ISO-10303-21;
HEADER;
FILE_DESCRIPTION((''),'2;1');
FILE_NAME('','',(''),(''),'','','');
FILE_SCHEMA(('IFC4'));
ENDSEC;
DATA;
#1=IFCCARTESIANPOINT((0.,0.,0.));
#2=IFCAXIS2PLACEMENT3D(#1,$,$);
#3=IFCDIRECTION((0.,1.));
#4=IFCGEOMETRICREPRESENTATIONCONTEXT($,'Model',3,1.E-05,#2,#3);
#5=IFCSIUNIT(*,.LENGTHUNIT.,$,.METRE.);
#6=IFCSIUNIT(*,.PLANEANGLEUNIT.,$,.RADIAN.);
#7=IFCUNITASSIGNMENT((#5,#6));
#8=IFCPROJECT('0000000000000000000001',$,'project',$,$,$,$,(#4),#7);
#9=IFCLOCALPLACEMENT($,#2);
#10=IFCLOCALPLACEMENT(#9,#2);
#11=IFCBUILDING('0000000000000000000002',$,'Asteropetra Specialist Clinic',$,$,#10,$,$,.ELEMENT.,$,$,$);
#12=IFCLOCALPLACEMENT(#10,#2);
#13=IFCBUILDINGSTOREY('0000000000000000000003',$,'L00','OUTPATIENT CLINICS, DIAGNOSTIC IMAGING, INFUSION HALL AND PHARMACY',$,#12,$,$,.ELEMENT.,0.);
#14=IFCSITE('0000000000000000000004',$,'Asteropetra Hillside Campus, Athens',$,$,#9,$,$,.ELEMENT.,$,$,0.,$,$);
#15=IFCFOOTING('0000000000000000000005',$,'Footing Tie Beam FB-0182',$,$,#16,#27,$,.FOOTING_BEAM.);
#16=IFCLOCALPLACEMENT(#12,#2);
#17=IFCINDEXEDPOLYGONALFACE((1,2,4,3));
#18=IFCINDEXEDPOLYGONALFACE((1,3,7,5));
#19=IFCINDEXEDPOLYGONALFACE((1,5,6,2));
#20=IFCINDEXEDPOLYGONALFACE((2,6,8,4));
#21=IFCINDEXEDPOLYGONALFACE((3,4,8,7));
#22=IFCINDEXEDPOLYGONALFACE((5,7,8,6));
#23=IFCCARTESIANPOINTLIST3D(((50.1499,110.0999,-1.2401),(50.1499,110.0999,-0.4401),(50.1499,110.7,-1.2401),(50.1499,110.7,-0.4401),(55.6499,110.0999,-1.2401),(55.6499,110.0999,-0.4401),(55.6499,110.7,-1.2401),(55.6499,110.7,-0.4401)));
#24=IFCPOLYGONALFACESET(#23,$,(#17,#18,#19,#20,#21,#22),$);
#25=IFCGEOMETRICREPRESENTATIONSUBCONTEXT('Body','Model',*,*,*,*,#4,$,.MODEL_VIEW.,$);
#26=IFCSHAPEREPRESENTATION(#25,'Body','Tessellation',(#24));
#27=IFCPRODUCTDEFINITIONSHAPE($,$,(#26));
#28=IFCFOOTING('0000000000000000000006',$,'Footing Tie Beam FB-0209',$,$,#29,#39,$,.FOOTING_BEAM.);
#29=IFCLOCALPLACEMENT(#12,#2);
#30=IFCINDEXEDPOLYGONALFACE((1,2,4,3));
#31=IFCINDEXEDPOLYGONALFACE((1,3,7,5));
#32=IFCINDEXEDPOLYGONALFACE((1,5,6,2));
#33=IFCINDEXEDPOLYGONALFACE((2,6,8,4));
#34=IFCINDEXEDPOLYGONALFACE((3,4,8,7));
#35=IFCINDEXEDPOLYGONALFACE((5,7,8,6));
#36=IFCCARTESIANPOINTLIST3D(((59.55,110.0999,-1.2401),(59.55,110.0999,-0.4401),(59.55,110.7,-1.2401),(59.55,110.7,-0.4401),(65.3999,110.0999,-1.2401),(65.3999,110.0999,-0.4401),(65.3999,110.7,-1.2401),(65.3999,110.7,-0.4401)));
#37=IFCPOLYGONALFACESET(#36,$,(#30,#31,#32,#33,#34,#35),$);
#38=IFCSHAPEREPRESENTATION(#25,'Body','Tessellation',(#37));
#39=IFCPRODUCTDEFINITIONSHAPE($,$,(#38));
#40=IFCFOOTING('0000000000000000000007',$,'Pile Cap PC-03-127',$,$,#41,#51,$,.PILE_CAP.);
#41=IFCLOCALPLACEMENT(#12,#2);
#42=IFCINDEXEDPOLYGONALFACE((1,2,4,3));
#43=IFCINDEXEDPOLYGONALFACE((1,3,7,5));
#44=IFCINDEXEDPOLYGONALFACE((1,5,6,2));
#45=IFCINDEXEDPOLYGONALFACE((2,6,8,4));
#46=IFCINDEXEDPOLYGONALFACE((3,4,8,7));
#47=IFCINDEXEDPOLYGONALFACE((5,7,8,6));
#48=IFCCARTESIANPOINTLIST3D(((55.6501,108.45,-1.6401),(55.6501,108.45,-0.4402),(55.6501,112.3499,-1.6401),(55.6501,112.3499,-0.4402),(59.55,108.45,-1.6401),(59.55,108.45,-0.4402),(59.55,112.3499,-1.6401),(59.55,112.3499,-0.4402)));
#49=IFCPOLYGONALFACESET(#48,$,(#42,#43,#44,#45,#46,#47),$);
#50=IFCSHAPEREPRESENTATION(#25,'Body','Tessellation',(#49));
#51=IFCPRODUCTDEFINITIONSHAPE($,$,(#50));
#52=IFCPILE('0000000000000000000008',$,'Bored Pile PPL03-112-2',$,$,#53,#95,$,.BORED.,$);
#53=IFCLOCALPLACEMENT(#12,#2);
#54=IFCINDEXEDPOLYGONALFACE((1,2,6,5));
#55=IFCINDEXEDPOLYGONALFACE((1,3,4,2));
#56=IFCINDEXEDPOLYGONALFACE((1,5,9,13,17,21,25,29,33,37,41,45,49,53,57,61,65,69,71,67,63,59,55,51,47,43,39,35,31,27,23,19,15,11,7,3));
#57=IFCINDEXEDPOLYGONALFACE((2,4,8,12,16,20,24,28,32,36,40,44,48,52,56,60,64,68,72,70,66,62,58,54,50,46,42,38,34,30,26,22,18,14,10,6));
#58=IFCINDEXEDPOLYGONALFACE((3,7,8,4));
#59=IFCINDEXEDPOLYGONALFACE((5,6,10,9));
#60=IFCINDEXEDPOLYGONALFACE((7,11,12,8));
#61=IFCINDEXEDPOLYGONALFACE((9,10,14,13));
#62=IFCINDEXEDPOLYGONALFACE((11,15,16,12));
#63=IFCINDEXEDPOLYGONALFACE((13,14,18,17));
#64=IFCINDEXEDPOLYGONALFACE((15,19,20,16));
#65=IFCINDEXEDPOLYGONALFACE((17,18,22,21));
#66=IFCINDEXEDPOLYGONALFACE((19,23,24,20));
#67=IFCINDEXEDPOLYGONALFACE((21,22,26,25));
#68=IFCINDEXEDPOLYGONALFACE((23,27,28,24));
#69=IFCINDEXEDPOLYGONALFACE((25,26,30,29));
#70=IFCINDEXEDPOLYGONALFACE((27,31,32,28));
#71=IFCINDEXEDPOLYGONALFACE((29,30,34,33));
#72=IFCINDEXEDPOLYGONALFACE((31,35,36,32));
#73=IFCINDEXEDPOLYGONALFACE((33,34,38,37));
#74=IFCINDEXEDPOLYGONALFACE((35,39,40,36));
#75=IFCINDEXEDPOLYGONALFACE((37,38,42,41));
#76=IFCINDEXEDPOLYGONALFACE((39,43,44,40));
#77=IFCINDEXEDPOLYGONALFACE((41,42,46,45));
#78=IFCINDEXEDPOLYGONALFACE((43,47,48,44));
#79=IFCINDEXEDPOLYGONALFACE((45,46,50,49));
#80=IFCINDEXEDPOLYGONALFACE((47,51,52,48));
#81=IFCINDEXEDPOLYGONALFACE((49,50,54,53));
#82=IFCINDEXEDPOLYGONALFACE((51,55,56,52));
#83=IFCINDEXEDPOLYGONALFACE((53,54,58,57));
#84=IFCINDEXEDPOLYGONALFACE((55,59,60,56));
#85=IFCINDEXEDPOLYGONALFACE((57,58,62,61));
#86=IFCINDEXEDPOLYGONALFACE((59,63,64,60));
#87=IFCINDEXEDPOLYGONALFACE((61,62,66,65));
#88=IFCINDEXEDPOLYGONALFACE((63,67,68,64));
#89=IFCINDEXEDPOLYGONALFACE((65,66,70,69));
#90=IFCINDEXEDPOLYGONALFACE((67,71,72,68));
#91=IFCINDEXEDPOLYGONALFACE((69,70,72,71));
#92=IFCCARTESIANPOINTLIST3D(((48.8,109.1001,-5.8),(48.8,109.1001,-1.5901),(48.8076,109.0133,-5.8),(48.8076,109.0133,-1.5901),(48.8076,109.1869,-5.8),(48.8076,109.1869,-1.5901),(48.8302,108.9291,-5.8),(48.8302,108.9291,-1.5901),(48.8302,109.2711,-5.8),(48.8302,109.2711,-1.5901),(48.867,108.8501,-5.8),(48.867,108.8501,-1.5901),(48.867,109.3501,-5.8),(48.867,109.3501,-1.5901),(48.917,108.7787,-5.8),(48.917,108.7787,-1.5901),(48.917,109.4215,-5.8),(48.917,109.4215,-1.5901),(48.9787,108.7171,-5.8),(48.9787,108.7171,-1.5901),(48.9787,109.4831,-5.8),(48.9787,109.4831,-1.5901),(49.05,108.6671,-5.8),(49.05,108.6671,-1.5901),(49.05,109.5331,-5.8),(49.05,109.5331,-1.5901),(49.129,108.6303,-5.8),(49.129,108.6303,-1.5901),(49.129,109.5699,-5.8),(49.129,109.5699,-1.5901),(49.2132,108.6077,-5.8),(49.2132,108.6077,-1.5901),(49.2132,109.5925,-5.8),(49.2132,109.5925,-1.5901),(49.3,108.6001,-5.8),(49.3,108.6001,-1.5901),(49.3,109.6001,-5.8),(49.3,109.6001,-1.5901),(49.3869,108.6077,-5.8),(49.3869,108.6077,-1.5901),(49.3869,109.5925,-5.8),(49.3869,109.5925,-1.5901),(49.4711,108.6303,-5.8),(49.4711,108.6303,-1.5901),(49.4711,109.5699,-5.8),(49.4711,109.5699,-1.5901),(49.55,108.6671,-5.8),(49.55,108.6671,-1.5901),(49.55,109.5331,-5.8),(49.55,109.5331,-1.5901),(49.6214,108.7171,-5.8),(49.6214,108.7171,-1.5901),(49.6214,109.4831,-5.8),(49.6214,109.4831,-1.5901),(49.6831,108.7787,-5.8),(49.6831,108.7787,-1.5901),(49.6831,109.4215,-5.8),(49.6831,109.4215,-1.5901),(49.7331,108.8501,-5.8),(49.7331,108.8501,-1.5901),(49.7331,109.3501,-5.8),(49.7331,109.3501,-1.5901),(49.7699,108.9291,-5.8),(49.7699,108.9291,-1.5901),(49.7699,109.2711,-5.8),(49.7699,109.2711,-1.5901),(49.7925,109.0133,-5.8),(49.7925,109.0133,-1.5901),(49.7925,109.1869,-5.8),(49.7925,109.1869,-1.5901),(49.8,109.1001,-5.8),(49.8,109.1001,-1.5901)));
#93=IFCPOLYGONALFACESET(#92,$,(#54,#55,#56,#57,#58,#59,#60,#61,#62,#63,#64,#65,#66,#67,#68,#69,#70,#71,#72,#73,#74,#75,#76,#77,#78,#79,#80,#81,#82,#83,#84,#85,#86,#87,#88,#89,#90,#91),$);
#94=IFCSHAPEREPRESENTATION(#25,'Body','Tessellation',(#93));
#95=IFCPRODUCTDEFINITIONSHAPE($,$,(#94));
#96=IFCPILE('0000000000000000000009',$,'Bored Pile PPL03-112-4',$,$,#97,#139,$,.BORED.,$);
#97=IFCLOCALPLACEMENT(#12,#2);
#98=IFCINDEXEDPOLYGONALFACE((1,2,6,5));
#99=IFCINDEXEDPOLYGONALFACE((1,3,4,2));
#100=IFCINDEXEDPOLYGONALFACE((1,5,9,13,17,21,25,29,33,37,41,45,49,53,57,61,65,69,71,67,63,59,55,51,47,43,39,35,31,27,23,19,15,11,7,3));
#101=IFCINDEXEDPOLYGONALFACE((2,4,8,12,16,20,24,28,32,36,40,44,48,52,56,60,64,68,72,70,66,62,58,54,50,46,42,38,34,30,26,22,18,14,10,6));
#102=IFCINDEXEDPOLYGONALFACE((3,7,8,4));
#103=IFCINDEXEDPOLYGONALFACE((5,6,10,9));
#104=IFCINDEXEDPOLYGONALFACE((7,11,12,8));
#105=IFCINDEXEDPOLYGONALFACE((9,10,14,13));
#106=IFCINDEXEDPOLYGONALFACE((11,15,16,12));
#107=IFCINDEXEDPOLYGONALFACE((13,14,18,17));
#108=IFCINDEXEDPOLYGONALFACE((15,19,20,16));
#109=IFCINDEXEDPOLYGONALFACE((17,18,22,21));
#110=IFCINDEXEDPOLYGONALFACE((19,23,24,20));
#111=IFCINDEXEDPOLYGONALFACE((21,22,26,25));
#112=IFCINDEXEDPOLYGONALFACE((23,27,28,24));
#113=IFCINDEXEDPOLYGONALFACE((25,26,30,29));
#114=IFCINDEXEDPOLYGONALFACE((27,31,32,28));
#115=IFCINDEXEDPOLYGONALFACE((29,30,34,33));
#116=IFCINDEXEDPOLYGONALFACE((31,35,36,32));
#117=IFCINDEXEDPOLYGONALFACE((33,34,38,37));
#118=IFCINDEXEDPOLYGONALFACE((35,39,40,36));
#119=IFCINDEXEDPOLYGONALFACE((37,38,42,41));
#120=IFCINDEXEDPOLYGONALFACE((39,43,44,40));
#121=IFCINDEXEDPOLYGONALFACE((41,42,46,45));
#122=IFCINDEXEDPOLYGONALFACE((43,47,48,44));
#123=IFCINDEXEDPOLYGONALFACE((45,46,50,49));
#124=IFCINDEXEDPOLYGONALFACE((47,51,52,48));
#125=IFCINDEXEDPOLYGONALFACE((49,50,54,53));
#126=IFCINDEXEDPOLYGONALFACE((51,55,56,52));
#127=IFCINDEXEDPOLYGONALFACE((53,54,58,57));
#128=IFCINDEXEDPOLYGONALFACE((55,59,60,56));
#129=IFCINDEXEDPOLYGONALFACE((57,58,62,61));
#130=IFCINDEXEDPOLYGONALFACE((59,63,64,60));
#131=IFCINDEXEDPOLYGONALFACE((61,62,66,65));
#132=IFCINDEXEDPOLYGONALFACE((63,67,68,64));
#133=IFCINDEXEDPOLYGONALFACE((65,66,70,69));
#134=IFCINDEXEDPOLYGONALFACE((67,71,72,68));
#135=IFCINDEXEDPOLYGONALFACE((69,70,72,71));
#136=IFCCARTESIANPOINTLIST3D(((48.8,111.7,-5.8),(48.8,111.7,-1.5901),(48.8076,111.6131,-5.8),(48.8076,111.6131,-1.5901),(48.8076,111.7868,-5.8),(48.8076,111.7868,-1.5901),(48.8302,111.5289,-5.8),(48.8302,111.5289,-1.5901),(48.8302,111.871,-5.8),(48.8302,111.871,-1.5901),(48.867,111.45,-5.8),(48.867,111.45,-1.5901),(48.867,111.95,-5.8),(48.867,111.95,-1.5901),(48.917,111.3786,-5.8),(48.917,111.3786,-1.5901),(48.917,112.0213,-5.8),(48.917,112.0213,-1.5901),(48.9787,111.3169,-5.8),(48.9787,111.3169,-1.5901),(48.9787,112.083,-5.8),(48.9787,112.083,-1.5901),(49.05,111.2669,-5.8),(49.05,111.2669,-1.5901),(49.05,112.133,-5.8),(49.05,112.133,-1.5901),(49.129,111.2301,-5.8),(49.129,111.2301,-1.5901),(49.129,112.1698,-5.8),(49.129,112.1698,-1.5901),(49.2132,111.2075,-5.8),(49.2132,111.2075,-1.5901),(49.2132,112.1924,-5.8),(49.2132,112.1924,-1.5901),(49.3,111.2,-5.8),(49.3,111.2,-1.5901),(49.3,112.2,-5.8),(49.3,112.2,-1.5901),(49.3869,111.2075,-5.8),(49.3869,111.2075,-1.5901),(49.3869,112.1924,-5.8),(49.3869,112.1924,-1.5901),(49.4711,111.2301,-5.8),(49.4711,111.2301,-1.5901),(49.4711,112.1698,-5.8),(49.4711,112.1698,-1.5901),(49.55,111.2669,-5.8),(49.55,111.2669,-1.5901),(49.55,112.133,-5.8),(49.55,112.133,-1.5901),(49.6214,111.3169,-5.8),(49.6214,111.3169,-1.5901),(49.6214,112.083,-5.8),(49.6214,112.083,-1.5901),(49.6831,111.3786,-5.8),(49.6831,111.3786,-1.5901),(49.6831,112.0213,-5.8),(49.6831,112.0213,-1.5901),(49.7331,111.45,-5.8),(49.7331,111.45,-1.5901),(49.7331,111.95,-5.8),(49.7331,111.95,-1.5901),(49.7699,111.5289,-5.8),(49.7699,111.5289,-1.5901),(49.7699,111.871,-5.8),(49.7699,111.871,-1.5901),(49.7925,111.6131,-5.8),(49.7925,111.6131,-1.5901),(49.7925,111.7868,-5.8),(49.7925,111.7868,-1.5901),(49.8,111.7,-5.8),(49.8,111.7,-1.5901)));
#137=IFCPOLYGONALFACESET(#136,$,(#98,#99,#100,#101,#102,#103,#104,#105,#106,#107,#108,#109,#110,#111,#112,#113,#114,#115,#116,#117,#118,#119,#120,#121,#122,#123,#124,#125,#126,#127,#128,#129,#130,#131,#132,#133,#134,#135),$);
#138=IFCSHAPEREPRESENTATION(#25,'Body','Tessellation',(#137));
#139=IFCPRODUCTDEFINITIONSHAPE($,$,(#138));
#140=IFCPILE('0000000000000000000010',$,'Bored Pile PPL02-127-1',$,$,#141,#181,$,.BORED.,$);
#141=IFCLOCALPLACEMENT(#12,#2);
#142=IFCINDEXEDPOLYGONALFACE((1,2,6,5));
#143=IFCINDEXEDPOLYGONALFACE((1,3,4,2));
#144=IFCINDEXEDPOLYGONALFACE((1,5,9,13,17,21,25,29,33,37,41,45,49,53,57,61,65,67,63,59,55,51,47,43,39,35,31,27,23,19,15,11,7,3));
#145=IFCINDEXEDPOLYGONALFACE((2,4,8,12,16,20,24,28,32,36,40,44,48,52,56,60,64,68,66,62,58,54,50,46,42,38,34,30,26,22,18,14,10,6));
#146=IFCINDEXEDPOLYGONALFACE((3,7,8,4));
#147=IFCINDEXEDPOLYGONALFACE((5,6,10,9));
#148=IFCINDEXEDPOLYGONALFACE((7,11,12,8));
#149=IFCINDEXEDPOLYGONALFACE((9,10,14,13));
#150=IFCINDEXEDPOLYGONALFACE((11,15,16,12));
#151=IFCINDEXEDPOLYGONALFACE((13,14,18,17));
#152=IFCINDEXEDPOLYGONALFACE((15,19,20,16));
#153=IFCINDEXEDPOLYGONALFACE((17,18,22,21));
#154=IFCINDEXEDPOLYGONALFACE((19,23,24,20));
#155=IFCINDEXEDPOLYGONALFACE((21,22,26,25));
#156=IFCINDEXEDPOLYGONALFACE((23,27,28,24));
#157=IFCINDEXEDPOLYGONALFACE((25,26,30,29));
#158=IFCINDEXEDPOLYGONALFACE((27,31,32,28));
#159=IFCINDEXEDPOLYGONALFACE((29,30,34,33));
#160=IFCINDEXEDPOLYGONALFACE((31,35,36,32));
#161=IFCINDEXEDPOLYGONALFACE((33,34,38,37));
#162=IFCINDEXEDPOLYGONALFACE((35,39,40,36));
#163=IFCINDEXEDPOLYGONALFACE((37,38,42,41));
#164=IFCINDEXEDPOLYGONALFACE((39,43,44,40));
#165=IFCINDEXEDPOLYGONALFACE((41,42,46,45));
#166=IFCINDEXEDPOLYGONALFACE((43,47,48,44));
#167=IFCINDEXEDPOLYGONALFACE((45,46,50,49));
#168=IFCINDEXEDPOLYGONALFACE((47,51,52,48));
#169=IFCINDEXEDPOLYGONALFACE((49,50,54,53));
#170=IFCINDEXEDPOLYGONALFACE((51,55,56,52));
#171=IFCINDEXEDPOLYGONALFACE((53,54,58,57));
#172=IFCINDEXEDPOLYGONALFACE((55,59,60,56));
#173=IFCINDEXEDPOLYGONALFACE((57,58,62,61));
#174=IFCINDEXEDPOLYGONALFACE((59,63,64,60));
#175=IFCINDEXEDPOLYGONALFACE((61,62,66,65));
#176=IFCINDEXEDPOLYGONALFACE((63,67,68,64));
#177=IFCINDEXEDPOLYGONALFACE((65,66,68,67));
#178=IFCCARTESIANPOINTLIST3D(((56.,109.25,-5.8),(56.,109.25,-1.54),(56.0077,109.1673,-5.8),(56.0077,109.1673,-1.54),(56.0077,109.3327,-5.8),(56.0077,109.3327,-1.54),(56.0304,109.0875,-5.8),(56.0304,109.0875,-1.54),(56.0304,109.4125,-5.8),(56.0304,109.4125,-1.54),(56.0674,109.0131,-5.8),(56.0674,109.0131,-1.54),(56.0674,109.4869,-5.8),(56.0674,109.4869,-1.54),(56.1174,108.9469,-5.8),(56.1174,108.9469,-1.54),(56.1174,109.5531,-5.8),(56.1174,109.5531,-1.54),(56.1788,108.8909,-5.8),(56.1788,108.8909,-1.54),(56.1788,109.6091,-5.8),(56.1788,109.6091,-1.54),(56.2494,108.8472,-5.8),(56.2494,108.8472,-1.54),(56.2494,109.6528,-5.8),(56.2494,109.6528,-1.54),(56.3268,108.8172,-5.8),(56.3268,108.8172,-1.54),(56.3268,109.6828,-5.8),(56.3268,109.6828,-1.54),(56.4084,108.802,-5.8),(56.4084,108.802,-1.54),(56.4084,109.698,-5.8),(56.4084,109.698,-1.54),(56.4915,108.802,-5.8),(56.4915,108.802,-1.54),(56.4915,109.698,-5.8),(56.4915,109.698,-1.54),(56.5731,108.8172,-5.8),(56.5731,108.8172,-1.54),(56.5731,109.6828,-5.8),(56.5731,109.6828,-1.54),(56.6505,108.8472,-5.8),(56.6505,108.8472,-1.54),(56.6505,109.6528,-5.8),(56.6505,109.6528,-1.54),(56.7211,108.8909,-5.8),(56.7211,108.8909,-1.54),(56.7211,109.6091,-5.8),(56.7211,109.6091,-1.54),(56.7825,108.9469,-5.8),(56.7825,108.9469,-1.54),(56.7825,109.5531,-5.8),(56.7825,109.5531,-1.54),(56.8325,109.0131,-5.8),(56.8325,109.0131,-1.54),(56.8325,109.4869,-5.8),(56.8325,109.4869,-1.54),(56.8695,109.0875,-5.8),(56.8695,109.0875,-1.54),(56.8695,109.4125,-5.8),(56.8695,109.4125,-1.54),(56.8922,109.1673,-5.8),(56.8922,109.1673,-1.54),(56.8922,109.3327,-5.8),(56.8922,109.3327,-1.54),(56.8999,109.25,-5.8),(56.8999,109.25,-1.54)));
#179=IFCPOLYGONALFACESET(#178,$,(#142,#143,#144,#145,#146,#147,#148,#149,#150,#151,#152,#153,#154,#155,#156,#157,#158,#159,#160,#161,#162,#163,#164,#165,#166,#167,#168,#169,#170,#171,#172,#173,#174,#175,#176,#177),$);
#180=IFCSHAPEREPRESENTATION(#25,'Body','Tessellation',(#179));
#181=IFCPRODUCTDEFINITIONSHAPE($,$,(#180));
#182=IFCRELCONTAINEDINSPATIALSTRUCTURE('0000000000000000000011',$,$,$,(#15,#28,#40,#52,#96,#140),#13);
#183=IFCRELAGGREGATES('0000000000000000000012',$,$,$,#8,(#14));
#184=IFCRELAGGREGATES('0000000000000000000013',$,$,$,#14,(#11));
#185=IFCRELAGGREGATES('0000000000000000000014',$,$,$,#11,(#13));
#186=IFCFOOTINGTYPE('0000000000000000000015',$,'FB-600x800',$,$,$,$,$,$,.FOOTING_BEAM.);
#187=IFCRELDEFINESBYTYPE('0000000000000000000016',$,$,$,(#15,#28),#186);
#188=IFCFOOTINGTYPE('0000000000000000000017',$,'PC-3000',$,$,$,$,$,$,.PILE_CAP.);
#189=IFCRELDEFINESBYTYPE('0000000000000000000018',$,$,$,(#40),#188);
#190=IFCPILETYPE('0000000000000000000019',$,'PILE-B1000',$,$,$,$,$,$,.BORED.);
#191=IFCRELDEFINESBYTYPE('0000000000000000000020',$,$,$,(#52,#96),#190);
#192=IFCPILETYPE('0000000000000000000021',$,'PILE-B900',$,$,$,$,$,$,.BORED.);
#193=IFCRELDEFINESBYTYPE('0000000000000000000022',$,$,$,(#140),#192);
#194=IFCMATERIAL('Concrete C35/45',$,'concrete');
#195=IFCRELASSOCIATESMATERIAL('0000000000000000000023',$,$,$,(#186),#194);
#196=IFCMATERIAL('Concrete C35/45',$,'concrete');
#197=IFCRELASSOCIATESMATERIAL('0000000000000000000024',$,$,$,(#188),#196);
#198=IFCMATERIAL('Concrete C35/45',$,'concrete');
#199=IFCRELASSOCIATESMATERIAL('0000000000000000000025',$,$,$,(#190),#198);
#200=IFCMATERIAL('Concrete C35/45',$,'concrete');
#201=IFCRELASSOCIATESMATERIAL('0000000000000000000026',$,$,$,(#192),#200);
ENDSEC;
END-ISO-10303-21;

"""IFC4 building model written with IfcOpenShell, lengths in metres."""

from ifc_helpers import new_model, si_unit, direction, frame, origin, origin_2d, place, context, subcontext, project, spatial, rectangle, circle, extrude, material, material_profile, profile_set, type_object, element, save


model = new_model("IFC4")

# Units and contexts
model_context = context("Model", 3, precision=1e-05, world=origin(), true_north=direction((0.0, 1.0)))
body_context = subcontext(model_context, "Body", "Model", "MODEL_VIEW")
ifc_project = project(units=[si_unit("LENGTHUNIT", "METRE"), si_unit("PLANEANGLEUNIT", "RADIAN")], contexts=[model_context])

# Site, building, storey
site_placement = place(None, origin())
site = spatial("IfcSite", under=ifc_project, at=site_placement, Name="Asteropetra Hillside Campus, Athens", CompositionType="ELEMENT", RefElevation=0.0)
building_placement = place(site_placement, origin())
building = spatial("IfcBuilding", under=site, at=building_placement, Name="Asteropetra Specialist Clinic", CompositionType="ELEMENT")
storey_placement = place(building_placement, origin())
storey = spatial("IfcBuildingStorey", under=building, at=storey_placement, Name="L00", Description="OUTPATIENT CLINICS, DIAGNOSTIC IMAGING, INFUSION HALL AND PHARMACY", CompositionType="ELEMENT", Elevation=0.0)

# Footings
ifc_material_1 = material(Name="Concrete C35/45", Category="concrete")
ifc_material_profile_1 = material_profile(ifc_material_1, rectangle(XDim=0.6001, YDim=0.8, at=origin_2d()), Name="FB 600x800")
ifc_profile_set_1 = profile_set([ifc_material_profile_1], Name="Concrete C35/45")
footing_type_1 = type_object("IfcFootingType", Name="FB-600x800", PredefinedType="FOOTING_BEAM", material=ifc_profile_set_1)
footing_1_placement = place(storey_placement, frame((50.1499, 110.3999, -0.8401), z_axis=(1.0, 0.0, 0.0), x_axis=(0.0, 1.0, 0.0)))
element("IfcFooting", 1, at=footing_1_placement, inside=storey, type_object=footing_type_1, Name="Footing Tie Beam FB-0182", PredefinedType="FOOTING_BEAM", context=body_context, shape_type="SweptSolid", body=[
    extrude(rectangle(XDim=0.6001, YDim=0.8, at=origin_2d()), origin(), (0.0, 0.0, 1.0), 5.5),
])
footing_2_placement = place(storey_placement, frame((59.55, 110.3999, -0.8401), z_axis=(1.0, 0.0, 0.0), x_axis=(0.0, 1.0, 0.0)))
element("IfcFooting", 2, at=footing_2_placement, inside=storey, type_object=footing_type_1, Name="Footing Tie Beam FB-0209", PredefinedType="FOOTING_BEAM", context=body_context, shape_type="SweptSolid", body=[
    extrude(rectangle(XDim=0.6001, YDim=0.8, at=origin_2d()), origin(), (0.0, 0.0, 1.0), 5.8499),
])
ifc_material_2 = material(Name="Concrete C35/45", Category="concrete")
footing_type_2 = type_object("IfcFootingType", Name="PC-3000", PredefinedType="PILE_CAP", material=ifc_material_2)
footing_3_placement = place(storey_placement, frame((57.6001, 110.3999, -1.6401), z_axis=(0.0, 0.0, 1.0), x_axis=(1.0, 0.0, 0.0)))
element("IfcFooting", 3, at=footing_3_placement, inside=storey, type_object=footing_type_2, Name="Pile Cap PC-03-127", PredefinedType="PILE_CAP", context=body_context, shape_type="SweptSolid", body=[
    extrude(rectangle(XDim=3.8999, YDim=3.8999, at=origin_2d()), origin(), (0.0, 0.0, 1.0), 1.2),
])

# Piles
ifc_material_3 = material(Name="Concrete C35/45", Category="concrete")
ifc_material_profile_2 = material_profile(ifc_material_3, circle(Radius=0.5, at=origin_2d()), Name="PILE D1000")
ifc_profile_set_2 = profile_set([ifc_material_profile_2], Name="Concrete C35/45")
pile_type_1 = type_object("IfcPileType", Name="PILE-B1000", PredefinedType="BORED", material=ifc_profile_set_2)
for number, where, z_axis, x_axis, name in (
    (4, (49.3, 109.1001, -1.5901), (0.0, 0.0, -1.0), (1.0, 0.0, 0.0), "Bored Pile PPL03-112-2"),
    (5, (49.3, 111.7, -1.5901), (0.0, 0.0, -1.0), (1.0, 0.0, 0.0), "Bored Pile PPL03-112-4"),
):
    element("IfcPile", number, at=place(storey_placement, frame(where, z_axis=z_axis, x_axis=x_axis)), inside=storey, type_object=pile_type_1, Name=name, PredefinedType="BORED", context=body_context, shape_type="SweptSolid", body=[
        extrude(circle(Radius=0.5, at=origin_2d()), origin(), (0.0, 0.0, 1.0), 4.21),
    ])
ifc_material_4 = material(Name="Concrete C35/45", Category="concrete")
ifc_material_profile_3 = material_profile(ifc_material_4, circle(Radius=0.45, at=origin_2d()), Name="PILE D900")
ifc_profile_set_3 = profile_set([ifc_material_profile_3], Name="Concrete C35/45")
pile_type_2 = type_object("IfcPileType", Name="PILE-B900", PredefinedType="BORED", material=ifc_profile_set_3)
for number, where, z_axis, x_axis, name in (
    (6, (56.45, 109.25, -1.54), (0.0, 0.0, -1.0), (1.0, 0.0, 0.0), "Bored Pile PPL02-127-1"),
):
    element("IfcPile", number, at=place(storey_placement, frame(where, z_axis=z_axis, x_axis=x_axis)), inside=storey, type_object=pile_type_2, Name=name, PredefinedType="BORED", context=body_context, shape_type="SweptSolid", body=[
        extrude(circle(Radius=0.45, at=origin_2d()), origin(), (0.0, 0.0, 1.0), 4.26),
    ])

save(model, "model.ifc")
